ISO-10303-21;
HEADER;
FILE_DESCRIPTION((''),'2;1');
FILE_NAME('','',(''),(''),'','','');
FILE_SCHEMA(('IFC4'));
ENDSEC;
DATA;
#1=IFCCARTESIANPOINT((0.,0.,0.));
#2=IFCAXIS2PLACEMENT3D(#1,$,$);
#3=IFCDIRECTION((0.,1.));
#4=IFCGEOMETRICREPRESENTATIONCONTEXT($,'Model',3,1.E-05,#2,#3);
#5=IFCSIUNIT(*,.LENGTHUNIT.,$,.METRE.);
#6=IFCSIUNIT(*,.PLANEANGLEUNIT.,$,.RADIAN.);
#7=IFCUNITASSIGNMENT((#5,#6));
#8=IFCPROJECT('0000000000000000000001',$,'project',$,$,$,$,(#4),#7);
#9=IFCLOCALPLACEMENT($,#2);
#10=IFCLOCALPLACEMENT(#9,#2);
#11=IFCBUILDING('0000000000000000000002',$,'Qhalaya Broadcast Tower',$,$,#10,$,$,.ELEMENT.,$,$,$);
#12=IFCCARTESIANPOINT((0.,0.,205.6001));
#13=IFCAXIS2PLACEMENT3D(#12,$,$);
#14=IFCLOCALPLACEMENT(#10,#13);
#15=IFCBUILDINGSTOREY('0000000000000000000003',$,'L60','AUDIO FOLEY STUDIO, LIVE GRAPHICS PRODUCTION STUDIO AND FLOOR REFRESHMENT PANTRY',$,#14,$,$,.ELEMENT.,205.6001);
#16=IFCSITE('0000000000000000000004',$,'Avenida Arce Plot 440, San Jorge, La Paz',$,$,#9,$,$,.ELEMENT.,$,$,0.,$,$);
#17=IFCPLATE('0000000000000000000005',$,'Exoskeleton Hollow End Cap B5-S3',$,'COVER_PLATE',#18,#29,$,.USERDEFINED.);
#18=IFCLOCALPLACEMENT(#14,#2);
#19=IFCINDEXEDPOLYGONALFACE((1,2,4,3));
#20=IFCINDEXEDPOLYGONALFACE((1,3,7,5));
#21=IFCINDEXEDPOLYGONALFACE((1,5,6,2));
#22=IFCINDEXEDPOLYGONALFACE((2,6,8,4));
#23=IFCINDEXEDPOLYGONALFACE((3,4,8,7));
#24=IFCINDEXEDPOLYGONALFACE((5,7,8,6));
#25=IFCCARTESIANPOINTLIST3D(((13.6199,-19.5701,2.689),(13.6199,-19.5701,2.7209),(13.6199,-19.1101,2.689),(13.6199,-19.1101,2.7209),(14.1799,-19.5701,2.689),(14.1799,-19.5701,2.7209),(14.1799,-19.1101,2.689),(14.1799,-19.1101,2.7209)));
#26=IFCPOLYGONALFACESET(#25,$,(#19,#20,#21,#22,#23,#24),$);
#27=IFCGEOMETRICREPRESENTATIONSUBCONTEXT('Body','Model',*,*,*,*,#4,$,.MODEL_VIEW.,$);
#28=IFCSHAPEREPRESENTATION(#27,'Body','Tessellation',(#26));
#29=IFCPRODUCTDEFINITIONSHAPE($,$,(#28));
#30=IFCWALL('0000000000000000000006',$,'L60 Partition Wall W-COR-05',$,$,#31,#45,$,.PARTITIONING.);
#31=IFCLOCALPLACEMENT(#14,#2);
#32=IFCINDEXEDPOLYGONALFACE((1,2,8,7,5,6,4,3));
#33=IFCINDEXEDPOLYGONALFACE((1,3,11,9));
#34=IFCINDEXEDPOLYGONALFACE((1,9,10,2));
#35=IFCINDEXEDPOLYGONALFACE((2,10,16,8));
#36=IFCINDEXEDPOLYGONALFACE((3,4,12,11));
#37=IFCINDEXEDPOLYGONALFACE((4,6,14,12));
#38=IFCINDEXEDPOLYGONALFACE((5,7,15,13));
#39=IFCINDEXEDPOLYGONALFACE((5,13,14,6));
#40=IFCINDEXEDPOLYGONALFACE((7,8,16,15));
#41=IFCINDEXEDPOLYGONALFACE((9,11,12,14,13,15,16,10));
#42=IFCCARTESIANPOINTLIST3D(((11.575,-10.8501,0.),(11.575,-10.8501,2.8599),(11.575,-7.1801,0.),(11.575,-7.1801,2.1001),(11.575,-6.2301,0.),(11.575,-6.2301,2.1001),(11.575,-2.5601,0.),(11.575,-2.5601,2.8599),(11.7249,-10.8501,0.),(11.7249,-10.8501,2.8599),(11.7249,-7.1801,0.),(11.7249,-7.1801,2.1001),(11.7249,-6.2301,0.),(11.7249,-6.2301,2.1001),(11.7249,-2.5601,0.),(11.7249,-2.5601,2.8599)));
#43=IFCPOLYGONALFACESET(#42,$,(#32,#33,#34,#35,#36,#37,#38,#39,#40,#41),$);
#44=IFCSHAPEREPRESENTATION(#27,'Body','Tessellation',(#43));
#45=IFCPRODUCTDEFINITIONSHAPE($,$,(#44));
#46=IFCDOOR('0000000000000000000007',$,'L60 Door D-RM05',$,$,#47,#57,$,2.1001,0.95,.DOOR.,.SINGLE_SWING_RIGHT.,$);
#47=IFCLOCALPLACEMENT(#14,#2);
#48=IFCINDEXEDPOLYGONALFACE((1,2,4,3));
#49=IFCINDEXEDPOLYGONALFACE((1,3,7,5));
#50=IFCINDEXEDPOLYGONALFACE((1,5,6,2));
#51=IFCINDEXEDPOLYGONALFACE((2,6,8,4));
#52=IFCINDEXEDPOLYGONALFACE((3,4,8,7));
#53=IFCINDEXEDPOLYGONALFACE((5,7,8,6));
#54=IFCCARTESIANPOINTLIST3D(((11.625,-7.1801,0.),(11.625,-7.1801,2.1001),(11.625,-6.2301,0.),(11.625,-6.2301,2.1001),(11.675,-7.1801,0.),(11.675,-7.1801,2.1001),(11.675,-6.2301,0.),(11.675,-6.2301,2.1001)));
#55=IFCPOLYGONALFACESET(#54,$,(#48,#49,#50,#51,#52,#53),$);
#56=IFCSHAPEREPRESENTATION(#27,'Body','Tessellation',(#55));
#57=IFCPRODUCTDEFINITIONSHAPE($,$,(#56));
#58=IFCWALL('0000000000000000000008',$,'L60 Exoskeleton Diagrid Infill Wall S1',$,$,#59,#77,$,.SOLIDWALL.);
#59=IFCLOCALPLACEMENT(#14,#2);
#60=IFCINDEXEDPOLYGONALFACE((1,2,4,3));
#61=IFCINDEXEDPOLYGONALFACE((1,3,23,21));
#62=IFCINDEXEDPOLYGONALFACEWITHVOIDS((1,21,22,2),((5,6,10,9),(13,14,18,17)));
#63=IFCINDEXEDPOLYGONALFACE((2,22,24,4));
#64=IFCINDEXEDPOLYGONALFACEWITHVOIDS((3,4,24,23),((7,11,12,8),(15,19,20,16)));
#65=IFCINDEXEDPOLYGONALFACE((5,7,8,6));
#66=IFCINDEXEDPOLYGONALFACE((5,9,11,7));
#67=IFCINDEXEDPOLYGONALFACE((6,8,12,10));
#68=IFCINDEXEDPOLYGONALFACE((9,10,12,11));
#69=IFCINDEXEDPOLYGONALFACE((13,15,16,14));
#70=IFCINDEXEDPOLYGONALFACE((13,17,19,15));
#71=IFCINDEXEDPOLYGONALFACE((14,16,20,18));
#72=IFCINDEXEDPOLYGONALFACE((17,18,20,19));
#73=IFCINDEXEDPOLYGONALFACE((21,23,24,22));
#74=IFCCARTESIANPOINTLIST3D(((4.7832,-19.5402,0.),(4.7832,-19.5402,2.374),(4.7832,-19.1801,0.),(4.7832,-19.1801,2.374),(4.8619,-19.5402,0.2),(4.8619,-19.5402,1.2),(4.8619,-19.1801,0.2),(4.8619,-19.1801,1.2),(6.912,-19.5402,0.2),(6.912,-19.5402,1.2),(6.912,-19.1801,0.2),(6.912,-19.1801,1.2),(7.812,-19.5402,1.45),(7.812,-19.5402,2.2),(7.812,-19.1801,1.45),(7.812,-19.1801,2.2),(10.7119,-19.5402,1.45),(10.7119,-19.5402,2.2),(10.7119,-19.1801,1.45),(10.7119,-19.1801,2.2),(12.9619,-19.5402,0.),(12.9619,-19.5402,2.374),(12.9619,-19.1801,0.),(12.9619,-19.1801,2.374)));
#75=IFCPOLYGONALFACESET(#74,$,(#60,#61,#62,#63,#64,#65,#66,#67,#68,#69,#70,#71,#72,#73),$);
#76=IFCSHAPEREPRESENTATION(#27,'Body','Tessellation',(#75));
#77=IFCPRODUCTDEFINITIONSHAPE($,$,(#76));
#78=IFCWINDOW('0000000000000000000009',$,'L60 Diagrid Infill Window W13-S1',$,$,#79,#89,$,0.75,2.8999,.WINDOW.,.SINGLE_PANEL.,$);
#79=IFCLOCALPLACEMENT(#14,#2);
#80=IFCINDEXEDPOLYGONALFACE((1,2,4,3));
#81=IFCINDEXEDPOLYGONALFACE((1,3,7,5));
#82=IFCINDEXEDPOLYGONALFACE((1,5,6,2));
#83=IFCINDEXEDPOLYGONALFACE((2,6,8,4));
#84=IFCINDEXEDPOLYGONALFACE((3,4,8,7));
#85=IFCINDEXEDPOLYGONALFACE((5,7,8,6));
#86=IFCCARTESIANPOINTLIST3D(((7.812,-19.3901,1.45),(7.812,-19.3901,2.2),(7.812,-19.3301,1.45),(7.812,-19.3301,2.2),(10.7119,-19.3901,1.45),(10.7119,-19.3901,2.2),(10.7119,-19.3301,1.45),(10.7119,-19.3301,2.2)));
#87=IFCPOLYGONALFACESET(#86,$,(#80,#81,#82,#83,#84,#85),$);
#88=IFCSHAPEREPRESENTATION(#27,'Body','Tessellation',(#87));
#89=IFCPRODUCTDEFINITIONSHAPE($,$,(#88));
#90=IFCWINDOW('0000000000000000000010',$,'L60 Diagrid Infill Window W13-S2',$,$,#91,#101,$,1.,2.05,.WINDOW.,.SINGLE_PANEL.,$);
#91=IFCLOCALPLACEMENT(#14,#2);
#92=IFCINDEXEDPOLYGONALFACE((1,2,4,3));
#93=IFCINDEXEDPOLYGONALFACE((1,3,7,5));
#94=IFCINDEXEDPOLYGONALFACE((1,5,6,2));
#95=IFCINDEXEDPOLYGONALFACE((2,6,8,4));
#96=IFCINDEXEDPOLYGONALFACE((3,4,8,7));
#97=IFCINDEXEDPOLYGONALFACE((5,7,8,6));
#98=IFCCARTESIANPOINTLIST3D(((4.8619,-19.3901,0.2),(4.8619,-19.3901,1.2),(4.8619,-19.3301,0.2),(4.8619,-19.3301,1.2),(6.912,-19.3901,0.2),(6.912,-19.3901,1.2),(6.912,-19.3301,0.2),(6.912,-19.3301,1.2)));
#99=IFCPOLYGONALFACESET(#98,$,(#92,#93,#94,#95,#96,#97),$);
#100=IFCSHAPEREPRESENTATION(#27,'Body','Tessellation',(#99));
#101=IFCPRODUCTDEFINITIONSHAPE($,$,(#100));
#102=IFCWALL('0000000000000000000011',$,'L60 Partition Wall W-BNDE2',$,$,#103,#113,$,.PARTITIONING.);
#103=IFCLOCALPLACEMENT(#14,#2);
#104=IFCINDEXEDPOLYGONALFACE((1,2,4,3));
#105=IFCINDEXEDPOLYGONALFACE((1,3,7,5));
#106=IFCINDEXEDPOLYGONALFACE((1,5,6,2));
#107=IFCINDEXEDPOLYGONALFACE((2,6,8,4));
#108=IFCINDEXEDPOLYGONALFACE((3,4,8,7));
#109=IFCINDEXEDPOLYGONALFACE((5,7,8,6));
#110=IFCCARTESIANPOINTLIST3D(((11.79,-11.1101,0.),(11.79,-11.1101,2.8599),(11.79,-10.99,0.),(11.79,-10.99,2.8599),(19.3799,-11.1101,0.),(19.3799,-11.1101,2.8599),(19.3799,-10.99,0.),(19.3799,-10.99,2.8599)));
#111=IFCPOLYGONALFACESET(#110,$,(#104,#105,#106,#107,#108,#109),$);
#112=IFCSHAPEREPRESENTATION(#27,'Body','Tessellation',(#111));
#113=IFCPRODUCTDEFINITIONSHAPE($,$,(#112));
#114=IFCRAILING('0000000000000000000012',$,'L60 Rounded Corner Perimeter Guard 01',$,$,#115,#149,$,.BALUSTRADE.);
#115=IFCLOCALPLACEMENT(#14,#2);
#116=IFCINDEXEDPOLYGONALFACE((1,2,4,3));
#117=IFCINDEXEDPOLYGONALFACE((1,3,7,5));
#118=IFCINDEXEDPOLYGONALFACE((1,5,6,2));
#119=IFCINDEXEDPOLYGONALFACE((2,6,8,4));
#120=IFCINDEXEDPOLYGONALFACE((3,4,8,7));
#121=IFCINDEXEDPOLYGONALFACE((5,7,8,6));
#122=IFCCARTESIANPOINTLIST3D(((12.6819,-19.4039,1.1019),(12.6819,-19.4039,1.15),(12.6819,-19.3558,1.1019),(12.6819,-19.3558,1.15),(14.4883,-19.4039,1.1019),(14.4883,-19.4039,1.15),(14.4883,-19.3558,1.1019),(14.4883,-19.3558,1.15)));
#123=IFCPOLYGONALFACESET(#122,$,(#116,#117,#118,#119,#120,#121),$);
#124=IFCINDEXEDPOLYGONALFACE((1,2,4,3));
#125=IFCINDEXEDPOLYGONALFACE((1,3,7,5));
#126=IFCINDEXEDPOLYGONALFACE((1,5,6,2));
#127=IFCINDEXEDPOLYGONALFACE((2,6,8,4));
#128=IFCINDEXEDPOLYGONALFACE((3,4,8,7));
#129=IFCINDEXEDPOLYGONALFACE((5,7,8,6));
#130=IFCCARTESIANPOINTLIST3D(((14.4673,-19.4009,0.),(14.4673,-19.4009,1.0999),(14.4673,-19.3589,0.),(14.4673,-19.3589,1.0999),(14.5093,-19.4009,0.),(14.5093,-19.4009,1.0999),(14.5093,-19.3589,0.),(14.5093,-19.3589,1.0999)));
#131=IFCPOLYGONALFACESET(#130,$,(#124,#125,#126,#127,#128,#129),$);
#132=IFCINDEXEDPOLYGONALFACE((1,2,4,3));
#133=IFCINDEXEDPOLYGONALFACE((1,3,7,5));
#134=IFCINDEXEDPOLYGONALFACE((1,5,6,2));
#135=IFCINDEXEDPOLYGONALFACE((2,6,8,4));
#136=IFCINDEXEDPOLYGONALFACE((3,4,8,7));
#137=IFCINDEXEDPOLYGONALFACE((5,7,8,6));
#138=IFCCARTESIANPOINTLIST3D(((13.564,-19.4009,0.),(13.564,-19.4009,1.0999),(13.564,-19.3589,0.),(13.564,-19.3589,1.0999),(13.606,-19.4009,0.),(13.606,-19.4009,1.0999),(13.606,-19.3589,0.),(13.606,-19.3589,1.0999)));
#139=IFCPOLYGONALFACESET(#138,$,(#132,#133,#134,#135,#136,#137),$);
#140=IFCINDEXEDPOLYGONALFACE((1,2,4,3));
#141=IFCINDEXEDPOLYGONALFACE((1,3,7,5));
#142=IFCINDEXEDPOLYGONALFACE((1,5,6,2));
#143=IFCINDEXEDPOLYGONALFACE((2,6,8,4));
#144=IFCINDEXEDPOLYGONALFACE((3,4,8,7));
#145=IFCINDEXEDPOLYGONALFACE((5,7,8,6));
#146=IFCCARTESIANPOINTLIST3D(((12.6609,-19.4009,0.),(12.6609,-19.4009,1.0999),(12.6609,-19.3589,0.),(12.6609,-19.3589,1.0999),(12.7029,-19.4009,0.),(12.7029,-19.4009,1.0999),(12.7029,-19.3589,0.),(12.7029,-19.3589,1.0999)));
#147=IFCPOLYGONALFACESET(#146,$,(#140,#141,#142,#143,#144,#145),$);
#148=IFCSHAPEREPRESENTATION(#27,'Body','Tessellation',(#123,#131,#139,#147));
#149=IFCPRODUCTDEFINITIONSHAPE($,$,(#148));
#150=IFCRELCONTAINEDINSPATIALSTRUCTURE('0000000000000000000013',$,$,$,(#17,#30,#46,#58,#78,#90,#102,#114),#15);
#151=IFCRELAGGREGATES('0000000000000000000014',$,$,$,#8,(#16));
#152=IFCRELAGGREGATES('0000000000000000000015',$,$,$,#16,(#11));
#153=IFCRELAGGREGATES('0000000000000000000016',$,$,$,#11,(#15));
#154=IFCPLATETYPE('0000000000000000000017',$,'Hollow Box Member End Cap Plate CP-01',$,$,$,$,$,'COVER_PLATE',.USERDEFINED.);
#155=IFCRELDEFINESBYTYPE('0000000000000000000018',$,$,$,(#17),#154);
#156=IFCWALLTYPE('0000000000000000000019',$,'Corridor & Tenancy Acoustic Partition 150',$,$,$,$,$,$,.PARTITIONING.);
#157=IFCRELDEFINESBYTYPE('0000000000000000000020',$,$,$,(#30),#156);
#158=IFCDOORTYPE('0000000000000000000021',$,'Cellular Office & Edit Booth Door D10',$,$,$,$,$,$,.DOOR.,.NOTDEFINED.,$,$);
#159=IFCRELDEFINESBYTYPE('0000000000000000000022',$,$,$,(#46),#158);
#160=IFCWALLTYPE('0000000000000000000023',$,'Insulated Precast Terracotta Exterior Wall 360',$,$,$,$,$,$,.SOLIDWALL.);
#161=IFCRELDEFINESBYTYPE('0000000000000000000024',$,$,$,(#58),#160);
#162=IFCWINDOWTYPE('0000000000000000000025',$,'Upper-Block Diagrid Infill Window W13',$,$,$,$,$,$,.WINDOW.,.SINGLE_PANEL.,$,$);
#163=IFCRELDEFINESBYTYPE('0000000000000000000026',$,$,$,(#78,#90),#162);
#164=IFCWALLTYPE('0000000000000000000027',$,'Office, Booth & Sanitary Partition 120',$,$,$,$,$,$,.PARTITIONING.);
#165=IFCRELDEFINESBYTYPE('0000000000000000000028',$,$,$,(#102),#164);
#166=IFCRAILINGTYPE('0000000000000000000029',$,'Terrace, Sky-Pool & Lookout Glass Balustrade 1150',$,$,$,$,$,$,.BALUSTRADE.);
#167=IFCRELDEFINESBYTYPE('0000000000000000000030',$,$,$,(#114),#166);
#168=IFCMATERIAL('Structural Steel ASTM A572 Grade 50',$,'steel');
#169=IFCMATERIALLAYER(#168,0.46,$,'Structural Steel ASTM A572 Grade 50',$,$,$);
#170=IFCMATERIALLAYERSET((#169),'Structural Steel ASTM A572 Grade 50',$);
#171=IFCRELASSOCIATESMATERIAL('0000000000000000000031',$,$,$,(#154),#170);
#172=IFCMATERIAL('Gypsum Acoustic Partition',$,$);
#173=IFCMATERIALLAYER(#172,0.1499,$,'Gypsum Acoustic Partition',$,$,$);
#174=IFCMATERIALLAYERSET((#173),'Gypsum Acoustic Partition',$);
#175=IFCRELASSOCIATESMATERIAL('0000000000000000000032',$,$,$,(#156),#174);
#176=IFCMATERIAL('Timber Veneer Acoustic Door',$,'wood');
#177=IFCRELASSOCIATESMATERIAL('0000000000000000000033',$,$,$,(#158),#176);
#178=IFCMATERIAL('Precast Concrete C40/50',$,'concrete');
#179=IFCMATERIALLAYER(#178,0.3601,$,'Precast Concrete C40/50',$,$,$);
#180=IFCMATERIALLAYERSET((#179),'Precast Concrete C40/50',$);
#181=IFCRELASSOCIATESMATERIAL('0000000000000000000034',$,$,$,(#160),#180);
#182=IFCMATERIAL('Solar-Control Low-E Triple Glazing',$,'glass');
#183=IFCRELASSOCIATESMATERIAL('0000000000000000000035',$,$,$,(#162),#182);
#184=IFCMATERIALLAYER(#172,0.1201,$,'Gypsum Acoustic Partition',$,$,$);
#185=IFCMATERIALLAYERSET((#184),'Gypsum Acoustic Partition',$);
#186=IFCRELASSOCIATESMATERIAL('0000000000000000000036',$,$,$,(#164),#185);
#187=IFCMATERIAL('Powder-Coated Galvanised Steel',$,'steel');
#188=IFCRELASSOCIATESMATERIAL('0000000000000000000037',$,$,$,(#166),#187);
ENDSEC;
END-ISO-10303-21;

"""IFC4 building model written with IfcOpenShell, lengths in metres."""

from ifc_helpers import new_model, si_unit, direction, frame, frame_2d, origin, origin_2d, place, context, subcontext, project, spatial, rectangle, extrude, material, layer, layer_set, type_object, element, fill, save


model = new_model("IFC4")

# Units and contexts
model_context = context("Model", 3, precision=1e-05, world=origin(), true_north=direction((0.0, 1.0)))
body_context = subcontext(model_context, "Body", "Model", "MODEL_VIEW")
ifc_project = project(units=[si_unit("LENGTHUNIT", "METRE"), si_unit("PLANEANGLEUNIT", "RADIAN")], contexts=[model_context])

# Site, building, storey
site_placement = place(None, origin())
site = spatial("IfcSite", under=ifc_project, at=site_placement, Name="Avenida Arce Plot 440, San Jorge, La Paz", CompositionType="ELEMENT", RefElevation=0.0)
building_placement = place(site_placement, origin())
building = spatial("IfcBuilding", under=site, at=building_placement, Name="Qhalaya Broadcast Tower", CompositionType="ELEMENT")
storey_placement = place(building_placement, frame((0.0, 0.0, 205.6001)))
storey = spatial("IfcBuildingStorey", under=building, at=storey_placement, Name="L60", Description="AUDIO FOLEY STUDIO, LIVE GRAPHICS PRODUCTION STUDIO AND FLOOR REFRESHMENT PANTRY", CompositionType="ELEMENT", Elevation=205.6001)

# Shared definitions
ifc_material_1 = material(Name="Structural Steel ASTM A572 Grade 50", Category="steel")

# Plate
ifc_layer_1 = layer(ifc_material_1, 0.46, Name="Structural Steel ASTM A572 Grade 50")
ifc_layer_set_1 = layer_set([ifc_layer_1], Name="Structural Steel ASTM A572 Grade 50")
plate_type_1 = type_object("IfcPlateType", Name="Hollow Box Member End Cap Plate CP-01", ElementType="COVER_PLATE", PredefinedType="USERDEFINED", material=ifc_layer_set_1)
plate_1_placement = place(storey_placement, frame((13.8999, -19.3401, 2.689), z_axis=(0.0, 0.0, 1.0), x_axis=(1.0, 0.0, 0.0)))
element("IfcPlate", 1, at=plate_1_placement, inside=storey, type_object=plate_type_1, Name="Exoskeleton Hollow End Cap B5-S3", ObjectType="COVER_PLATE", PredefinedType="USERDEFINED", context=body_context, shape_type="SweptSolid", body=[
    extrude(rectangle(XDim=0.5601, YDim=0.46, at=origin_2d()), origin(), (0.0, 0.0, 1.0), 0.032),
])

# Wall, opening, door
ifc_material_2 = material(Name="Gypsum Acoustic Partition")
ifc_layer_2 = layer(ifc_material_2, 0.1499, Name="Gypsum Acoustic Partition")
ifc_layer_set_2 = layer_set([ifc_layer_2], Name="Gypsum Acoustic Partition")
wall_type_1 = type_object("IfcWallType", Name="Corridor & Tenancy Acoustic Partition 150", PredefinedType="PARTITIONING", material=ifc_layer_set_2)
wall_1_placement = place(storey_placement, frame((11.6499, -10.8501, 0.0), z_axis=(0.0, 0.0, 1.0), x_axis=(0.0, 1.0, 0.0)))
wall_1 = element("IfcWall", 2, at=wall_1_placement, inside=storey, type_object=wall_type_1, Name="L60 Partition Wall W-COR-05", PredefinedType="PARTITIONING", context=body_context, shape_type="SweptSolid", body=[
    extrude(rectangle(XDim=8.29, YDim=0.1499, at=frame_2d((4.145, 0.0))), origin(), (0.0, 0.0, 1.0), 2.8599),
])
opening_1_placement = place(wall_1_placement, frame((3.6699, 0.0, 0.0)))
opening_1 = element("IfcOpeningElement", 3, at=opening_1_placement, cuts=wall_1, PredefinedType="OPENING", context=body_context, shape_type="SweptSolid", body=[
    extrude(rectangle(XDim=0.95, YDim=2.1001, at=frame_2d((0.4751, 1.05))), frame((0.0, 0.0869, 0.0), z_axis=(0.0, -1.0, 0.0), x_axis=(1.0, 0.0, 0.0)), (0.0, 0.0, 1.0), 0.1738),
])
ifc_material_3 = material(Name="Timber Veneer Acoustic Door", Category="wood")
door_type = type_object("IfcDoorType", Name="Cellular Office & Edit Booth Door D10", OperationType="NOTDEFINED", PredefinedType="DOOR", material=ifc_material_3)
door_placement = place(opening_1_placement, origin())
door = element("IfcDoor", 4, at=door_placement, inside=storey, type_object=door_type, Name="L60 Door D-RM05", OperationType="SINGLE_SWING_RIGHT", OverallHeight=2.1001, OverallWidth=0.95, PredefinedType="DOOR", context=body_context, shape_type="SweptSolid", body=[
    extrude(rectangle(XDim=0.95, YDim=2.1001, at=frame_2d((0.4751, 1.05))), frame((0.0, 0.0249, 0.0), z_axis=(0.0, -1.0, 0.0), x_axis=(1.0, 0.0, 0.0)), (0.0, 0.0, 1.0), 0.05),
])
fill(opening_1, door)

# Wall, openings, windows
ifc_material_4 = material(Name="Precast Concrete C40/50", Category="concrete")
ifc_layer_3 = layer(ifc_material_4, 0.3601, Name="Precast Concrete C40/50")
ifc_layer_set_3 = layer_set([ifc_layer_3], Name="Precast Concrete C40/50")
wall_type_2 = type_object("IfcWallType", Name="Insulated Precast Terracotta Exterior Wall 360", PredefinedType="SOLIDWALL", material=ifc_layer_set_3)
wall_2_placement = place(storey_placement, frame((12.9619, -19.3601, 0.0), z_axis=(0.0, 0.0, 1.0), x_axis=(-1.0, 0.0, 0.0)))
wall_2 = element("IfcWall", 5, at=wall_2_placement, inside=storey, type_object=wall_type_2, Name="L60 Exoskeleton Diagrid Infill Wall S1", PredefinedType="SOLIDWALL", context=body_context, shape_type="SweptSolid", body=[
    extrude(rectangle(XDim=8.1787, YDim=0.3601, at=frame_2d((4.0894, 0.0))), origin(), (0.0, 0.0, 1.0), 2.374),
])
opening_2_placement = place(wall_2_placement, frame((2.25, 0.0, 1.45)))
opening_2 = element("IfcOpeningElement", 6, at=opening_2_placement, cuts=wall_2, PredefinedType="OPENING", context=body_context, shape_type="SweptSolid", body=[
    extrude(rectangle(XDim=2.8999, YDim=0.75, at=frame_2d((1.45, 0.375))), frame((0.0, 0.1921, 0.0), z_axis=(0.0, -1.0, 0.0), x_axis=(1.0, 0.0, 0.0)), (0.0, 0.0, 1.0), 0.384),
])
opening_3_placement = place(wall_2_placement, frame((6.05, 0.0, 0.2)))
opening_3 = element("IfcOpeningElement", 7, at=opening_3_placement, cuts=wall_2, PredefinedType="OPENING", context=body_context, shape_type="SweptSolid", body=[
    extrude(rectangle(XDim=2.05, YDim=1.0, at=frame_2d((1.0249, 0.5))), frame((0.0, 0.1921, 0.0), z_axis=(0.0, -1.0, 0.0), x_axis=(1.0, 0.0, 0.0)), (0.0, 0.0, 1.0), 0.384),
])
ifc_material_5 = material(Name="Solar-Control Low-E Triple Glazing", Category="glass")
window_type = type_object("IfcWindowType", Name="Upper-Block Diagrid Infill Window W13", PartitioningType="SINGLE_PANEL", PredefinedType="WINDOW", material=ifc_material_5)
window_1_placement = place(opening_2_placement, origin())
window_1 = element("IfcWindow", 8, at=window_1_placement, inside=storey, type_object=window_type, Name="L60 Diagrid Infill Window W13-S1", OverallHeight=0.75, OverallWidth=2.8999, PartitioningType="SINGLE_PANEL", PredefinedType="WINDOW", context=body_context, shape_type="SweptSolid", body=[
    extrude(rectangle(XDim=2.8999, YDim=0.75, at=frame_2d((1.45, 0.375))), frame((0.0, 0.03, 0.0), z_axis=(0.0, -1.0, 0.0), x_axis=(1.0, 0.0, 0.0)), (0.0, 0.0, 1.0), 0.0601),
])
fill(opening_2, window_1)
window_2_placement = place(opening_3_placement, origin())
window_2 = element("IfcWindow", 9, at=window_2_placement, inside=storey, type_object=window_type, Name="L60 Diagrid Infill Window W13-S2", OverallHeight=1.0, OverallWidth=2.05, PartitioningType="SINGLE_PANEL", PredefinedType="WINDOW", context=body_context, shape_type="SweptSolid", body=[
    extrude(rectangle(XDim=2.05, YDim=1.0, at=frame_2d((1.0249, 0.5))), frame((0.0, 0.03, 0.0), z_axis=(0.0, -1.0, 0.0), x_axis=(1.0, 0.0, 0.0)), (0.0, 0.0, 1.0), 0.0601),
])
fill(opening_3, window_2)

# Wall
ifc_layer_4 = layer(ifc_material_2, 0.1201, Name="Gypsum Acoustic Partition")
ifc_layer_set_4 = layer_set([ifc_layer_4], Name="Gypsum Acoustic Partition")
wall_type_3 = type_object("IfcWallType", Name="Office, Booth & Sanitary Partition 120", PredefinedType="PARTITIONING", material=ifc_layer_set_4)
wall_3_placement = place(storey_placement, frame((11.79, -11.05, 0.0), z_axis=(0.0, 0.0, 1.0), x_axis=(1.0, 0.0, 0.0)))
element("IfcWall", 10, at=wall_3_placement, inside=storey, type_object=wall_type_3, Name="L60 Partition Wall W-BNDE2", PredefinedType="PARTITIONING", context=body_context, shape_type="SweptSolid", body=[
    extrude(rectangle(XDim=7.5898, YDim=0.1201, at=frame_2d((3.7949, 0.0))), origin(), (0.0, 0.0, 1.0), 2.8599),
])

# Railing
ifc_material_6 = material(Name="Powder-Coated Galvanised Steel", Category="steel")
railing_type = type_object("IfcRailingType", Name="Terrace, Sky-Pool & Lookout Glass Balustrade 1150", PredefinedType="BALUSTRADE", material=ifc_material_6)
railing_1_placement = place(storey_placement, frame((14.4883, -19.3799, 0.0)))
element("IfcRailing", 11, at=railing_1_placement, inside=storey, type_object=railing_type, Name="L60 Rounded Corner Perimeter Guard 01", PredefinedType="BALUSTRADE", context=body_context, shape_type="SweptSolid", body=[
    extrude(rectangle(XDim=0.0481, YDim=0.0481, at=origin_2d()), frame((0.0, 0.0, 1.126), z_axis=(-1.0, 0.0, 0.0), x_axis=(0.0, -1.0, 0.0)), (0.0, 0.0, 1.0), 1.8064),
    extrude(rectangle(XDim=0.042, YDim=0.042, at=origin_2d()), origin(), (0.0, 0.0, 1.0), 1.0999),
    extrude(rectangle(XDim=0.042, YDim=0.042, at=origin_2d()), frame((-0.9033, 0.0, 0.0)), (0.0, 0.0, 1.0), 1.0999),
    extrude(rectangle(XDim=0.042, YDim=0.042, at=origin_2d()), frame((-1.8064, 0.0, 0.0)), (0.0, 0.0, 1.0), 1.0999),
])

save(model, "model.ifc")
